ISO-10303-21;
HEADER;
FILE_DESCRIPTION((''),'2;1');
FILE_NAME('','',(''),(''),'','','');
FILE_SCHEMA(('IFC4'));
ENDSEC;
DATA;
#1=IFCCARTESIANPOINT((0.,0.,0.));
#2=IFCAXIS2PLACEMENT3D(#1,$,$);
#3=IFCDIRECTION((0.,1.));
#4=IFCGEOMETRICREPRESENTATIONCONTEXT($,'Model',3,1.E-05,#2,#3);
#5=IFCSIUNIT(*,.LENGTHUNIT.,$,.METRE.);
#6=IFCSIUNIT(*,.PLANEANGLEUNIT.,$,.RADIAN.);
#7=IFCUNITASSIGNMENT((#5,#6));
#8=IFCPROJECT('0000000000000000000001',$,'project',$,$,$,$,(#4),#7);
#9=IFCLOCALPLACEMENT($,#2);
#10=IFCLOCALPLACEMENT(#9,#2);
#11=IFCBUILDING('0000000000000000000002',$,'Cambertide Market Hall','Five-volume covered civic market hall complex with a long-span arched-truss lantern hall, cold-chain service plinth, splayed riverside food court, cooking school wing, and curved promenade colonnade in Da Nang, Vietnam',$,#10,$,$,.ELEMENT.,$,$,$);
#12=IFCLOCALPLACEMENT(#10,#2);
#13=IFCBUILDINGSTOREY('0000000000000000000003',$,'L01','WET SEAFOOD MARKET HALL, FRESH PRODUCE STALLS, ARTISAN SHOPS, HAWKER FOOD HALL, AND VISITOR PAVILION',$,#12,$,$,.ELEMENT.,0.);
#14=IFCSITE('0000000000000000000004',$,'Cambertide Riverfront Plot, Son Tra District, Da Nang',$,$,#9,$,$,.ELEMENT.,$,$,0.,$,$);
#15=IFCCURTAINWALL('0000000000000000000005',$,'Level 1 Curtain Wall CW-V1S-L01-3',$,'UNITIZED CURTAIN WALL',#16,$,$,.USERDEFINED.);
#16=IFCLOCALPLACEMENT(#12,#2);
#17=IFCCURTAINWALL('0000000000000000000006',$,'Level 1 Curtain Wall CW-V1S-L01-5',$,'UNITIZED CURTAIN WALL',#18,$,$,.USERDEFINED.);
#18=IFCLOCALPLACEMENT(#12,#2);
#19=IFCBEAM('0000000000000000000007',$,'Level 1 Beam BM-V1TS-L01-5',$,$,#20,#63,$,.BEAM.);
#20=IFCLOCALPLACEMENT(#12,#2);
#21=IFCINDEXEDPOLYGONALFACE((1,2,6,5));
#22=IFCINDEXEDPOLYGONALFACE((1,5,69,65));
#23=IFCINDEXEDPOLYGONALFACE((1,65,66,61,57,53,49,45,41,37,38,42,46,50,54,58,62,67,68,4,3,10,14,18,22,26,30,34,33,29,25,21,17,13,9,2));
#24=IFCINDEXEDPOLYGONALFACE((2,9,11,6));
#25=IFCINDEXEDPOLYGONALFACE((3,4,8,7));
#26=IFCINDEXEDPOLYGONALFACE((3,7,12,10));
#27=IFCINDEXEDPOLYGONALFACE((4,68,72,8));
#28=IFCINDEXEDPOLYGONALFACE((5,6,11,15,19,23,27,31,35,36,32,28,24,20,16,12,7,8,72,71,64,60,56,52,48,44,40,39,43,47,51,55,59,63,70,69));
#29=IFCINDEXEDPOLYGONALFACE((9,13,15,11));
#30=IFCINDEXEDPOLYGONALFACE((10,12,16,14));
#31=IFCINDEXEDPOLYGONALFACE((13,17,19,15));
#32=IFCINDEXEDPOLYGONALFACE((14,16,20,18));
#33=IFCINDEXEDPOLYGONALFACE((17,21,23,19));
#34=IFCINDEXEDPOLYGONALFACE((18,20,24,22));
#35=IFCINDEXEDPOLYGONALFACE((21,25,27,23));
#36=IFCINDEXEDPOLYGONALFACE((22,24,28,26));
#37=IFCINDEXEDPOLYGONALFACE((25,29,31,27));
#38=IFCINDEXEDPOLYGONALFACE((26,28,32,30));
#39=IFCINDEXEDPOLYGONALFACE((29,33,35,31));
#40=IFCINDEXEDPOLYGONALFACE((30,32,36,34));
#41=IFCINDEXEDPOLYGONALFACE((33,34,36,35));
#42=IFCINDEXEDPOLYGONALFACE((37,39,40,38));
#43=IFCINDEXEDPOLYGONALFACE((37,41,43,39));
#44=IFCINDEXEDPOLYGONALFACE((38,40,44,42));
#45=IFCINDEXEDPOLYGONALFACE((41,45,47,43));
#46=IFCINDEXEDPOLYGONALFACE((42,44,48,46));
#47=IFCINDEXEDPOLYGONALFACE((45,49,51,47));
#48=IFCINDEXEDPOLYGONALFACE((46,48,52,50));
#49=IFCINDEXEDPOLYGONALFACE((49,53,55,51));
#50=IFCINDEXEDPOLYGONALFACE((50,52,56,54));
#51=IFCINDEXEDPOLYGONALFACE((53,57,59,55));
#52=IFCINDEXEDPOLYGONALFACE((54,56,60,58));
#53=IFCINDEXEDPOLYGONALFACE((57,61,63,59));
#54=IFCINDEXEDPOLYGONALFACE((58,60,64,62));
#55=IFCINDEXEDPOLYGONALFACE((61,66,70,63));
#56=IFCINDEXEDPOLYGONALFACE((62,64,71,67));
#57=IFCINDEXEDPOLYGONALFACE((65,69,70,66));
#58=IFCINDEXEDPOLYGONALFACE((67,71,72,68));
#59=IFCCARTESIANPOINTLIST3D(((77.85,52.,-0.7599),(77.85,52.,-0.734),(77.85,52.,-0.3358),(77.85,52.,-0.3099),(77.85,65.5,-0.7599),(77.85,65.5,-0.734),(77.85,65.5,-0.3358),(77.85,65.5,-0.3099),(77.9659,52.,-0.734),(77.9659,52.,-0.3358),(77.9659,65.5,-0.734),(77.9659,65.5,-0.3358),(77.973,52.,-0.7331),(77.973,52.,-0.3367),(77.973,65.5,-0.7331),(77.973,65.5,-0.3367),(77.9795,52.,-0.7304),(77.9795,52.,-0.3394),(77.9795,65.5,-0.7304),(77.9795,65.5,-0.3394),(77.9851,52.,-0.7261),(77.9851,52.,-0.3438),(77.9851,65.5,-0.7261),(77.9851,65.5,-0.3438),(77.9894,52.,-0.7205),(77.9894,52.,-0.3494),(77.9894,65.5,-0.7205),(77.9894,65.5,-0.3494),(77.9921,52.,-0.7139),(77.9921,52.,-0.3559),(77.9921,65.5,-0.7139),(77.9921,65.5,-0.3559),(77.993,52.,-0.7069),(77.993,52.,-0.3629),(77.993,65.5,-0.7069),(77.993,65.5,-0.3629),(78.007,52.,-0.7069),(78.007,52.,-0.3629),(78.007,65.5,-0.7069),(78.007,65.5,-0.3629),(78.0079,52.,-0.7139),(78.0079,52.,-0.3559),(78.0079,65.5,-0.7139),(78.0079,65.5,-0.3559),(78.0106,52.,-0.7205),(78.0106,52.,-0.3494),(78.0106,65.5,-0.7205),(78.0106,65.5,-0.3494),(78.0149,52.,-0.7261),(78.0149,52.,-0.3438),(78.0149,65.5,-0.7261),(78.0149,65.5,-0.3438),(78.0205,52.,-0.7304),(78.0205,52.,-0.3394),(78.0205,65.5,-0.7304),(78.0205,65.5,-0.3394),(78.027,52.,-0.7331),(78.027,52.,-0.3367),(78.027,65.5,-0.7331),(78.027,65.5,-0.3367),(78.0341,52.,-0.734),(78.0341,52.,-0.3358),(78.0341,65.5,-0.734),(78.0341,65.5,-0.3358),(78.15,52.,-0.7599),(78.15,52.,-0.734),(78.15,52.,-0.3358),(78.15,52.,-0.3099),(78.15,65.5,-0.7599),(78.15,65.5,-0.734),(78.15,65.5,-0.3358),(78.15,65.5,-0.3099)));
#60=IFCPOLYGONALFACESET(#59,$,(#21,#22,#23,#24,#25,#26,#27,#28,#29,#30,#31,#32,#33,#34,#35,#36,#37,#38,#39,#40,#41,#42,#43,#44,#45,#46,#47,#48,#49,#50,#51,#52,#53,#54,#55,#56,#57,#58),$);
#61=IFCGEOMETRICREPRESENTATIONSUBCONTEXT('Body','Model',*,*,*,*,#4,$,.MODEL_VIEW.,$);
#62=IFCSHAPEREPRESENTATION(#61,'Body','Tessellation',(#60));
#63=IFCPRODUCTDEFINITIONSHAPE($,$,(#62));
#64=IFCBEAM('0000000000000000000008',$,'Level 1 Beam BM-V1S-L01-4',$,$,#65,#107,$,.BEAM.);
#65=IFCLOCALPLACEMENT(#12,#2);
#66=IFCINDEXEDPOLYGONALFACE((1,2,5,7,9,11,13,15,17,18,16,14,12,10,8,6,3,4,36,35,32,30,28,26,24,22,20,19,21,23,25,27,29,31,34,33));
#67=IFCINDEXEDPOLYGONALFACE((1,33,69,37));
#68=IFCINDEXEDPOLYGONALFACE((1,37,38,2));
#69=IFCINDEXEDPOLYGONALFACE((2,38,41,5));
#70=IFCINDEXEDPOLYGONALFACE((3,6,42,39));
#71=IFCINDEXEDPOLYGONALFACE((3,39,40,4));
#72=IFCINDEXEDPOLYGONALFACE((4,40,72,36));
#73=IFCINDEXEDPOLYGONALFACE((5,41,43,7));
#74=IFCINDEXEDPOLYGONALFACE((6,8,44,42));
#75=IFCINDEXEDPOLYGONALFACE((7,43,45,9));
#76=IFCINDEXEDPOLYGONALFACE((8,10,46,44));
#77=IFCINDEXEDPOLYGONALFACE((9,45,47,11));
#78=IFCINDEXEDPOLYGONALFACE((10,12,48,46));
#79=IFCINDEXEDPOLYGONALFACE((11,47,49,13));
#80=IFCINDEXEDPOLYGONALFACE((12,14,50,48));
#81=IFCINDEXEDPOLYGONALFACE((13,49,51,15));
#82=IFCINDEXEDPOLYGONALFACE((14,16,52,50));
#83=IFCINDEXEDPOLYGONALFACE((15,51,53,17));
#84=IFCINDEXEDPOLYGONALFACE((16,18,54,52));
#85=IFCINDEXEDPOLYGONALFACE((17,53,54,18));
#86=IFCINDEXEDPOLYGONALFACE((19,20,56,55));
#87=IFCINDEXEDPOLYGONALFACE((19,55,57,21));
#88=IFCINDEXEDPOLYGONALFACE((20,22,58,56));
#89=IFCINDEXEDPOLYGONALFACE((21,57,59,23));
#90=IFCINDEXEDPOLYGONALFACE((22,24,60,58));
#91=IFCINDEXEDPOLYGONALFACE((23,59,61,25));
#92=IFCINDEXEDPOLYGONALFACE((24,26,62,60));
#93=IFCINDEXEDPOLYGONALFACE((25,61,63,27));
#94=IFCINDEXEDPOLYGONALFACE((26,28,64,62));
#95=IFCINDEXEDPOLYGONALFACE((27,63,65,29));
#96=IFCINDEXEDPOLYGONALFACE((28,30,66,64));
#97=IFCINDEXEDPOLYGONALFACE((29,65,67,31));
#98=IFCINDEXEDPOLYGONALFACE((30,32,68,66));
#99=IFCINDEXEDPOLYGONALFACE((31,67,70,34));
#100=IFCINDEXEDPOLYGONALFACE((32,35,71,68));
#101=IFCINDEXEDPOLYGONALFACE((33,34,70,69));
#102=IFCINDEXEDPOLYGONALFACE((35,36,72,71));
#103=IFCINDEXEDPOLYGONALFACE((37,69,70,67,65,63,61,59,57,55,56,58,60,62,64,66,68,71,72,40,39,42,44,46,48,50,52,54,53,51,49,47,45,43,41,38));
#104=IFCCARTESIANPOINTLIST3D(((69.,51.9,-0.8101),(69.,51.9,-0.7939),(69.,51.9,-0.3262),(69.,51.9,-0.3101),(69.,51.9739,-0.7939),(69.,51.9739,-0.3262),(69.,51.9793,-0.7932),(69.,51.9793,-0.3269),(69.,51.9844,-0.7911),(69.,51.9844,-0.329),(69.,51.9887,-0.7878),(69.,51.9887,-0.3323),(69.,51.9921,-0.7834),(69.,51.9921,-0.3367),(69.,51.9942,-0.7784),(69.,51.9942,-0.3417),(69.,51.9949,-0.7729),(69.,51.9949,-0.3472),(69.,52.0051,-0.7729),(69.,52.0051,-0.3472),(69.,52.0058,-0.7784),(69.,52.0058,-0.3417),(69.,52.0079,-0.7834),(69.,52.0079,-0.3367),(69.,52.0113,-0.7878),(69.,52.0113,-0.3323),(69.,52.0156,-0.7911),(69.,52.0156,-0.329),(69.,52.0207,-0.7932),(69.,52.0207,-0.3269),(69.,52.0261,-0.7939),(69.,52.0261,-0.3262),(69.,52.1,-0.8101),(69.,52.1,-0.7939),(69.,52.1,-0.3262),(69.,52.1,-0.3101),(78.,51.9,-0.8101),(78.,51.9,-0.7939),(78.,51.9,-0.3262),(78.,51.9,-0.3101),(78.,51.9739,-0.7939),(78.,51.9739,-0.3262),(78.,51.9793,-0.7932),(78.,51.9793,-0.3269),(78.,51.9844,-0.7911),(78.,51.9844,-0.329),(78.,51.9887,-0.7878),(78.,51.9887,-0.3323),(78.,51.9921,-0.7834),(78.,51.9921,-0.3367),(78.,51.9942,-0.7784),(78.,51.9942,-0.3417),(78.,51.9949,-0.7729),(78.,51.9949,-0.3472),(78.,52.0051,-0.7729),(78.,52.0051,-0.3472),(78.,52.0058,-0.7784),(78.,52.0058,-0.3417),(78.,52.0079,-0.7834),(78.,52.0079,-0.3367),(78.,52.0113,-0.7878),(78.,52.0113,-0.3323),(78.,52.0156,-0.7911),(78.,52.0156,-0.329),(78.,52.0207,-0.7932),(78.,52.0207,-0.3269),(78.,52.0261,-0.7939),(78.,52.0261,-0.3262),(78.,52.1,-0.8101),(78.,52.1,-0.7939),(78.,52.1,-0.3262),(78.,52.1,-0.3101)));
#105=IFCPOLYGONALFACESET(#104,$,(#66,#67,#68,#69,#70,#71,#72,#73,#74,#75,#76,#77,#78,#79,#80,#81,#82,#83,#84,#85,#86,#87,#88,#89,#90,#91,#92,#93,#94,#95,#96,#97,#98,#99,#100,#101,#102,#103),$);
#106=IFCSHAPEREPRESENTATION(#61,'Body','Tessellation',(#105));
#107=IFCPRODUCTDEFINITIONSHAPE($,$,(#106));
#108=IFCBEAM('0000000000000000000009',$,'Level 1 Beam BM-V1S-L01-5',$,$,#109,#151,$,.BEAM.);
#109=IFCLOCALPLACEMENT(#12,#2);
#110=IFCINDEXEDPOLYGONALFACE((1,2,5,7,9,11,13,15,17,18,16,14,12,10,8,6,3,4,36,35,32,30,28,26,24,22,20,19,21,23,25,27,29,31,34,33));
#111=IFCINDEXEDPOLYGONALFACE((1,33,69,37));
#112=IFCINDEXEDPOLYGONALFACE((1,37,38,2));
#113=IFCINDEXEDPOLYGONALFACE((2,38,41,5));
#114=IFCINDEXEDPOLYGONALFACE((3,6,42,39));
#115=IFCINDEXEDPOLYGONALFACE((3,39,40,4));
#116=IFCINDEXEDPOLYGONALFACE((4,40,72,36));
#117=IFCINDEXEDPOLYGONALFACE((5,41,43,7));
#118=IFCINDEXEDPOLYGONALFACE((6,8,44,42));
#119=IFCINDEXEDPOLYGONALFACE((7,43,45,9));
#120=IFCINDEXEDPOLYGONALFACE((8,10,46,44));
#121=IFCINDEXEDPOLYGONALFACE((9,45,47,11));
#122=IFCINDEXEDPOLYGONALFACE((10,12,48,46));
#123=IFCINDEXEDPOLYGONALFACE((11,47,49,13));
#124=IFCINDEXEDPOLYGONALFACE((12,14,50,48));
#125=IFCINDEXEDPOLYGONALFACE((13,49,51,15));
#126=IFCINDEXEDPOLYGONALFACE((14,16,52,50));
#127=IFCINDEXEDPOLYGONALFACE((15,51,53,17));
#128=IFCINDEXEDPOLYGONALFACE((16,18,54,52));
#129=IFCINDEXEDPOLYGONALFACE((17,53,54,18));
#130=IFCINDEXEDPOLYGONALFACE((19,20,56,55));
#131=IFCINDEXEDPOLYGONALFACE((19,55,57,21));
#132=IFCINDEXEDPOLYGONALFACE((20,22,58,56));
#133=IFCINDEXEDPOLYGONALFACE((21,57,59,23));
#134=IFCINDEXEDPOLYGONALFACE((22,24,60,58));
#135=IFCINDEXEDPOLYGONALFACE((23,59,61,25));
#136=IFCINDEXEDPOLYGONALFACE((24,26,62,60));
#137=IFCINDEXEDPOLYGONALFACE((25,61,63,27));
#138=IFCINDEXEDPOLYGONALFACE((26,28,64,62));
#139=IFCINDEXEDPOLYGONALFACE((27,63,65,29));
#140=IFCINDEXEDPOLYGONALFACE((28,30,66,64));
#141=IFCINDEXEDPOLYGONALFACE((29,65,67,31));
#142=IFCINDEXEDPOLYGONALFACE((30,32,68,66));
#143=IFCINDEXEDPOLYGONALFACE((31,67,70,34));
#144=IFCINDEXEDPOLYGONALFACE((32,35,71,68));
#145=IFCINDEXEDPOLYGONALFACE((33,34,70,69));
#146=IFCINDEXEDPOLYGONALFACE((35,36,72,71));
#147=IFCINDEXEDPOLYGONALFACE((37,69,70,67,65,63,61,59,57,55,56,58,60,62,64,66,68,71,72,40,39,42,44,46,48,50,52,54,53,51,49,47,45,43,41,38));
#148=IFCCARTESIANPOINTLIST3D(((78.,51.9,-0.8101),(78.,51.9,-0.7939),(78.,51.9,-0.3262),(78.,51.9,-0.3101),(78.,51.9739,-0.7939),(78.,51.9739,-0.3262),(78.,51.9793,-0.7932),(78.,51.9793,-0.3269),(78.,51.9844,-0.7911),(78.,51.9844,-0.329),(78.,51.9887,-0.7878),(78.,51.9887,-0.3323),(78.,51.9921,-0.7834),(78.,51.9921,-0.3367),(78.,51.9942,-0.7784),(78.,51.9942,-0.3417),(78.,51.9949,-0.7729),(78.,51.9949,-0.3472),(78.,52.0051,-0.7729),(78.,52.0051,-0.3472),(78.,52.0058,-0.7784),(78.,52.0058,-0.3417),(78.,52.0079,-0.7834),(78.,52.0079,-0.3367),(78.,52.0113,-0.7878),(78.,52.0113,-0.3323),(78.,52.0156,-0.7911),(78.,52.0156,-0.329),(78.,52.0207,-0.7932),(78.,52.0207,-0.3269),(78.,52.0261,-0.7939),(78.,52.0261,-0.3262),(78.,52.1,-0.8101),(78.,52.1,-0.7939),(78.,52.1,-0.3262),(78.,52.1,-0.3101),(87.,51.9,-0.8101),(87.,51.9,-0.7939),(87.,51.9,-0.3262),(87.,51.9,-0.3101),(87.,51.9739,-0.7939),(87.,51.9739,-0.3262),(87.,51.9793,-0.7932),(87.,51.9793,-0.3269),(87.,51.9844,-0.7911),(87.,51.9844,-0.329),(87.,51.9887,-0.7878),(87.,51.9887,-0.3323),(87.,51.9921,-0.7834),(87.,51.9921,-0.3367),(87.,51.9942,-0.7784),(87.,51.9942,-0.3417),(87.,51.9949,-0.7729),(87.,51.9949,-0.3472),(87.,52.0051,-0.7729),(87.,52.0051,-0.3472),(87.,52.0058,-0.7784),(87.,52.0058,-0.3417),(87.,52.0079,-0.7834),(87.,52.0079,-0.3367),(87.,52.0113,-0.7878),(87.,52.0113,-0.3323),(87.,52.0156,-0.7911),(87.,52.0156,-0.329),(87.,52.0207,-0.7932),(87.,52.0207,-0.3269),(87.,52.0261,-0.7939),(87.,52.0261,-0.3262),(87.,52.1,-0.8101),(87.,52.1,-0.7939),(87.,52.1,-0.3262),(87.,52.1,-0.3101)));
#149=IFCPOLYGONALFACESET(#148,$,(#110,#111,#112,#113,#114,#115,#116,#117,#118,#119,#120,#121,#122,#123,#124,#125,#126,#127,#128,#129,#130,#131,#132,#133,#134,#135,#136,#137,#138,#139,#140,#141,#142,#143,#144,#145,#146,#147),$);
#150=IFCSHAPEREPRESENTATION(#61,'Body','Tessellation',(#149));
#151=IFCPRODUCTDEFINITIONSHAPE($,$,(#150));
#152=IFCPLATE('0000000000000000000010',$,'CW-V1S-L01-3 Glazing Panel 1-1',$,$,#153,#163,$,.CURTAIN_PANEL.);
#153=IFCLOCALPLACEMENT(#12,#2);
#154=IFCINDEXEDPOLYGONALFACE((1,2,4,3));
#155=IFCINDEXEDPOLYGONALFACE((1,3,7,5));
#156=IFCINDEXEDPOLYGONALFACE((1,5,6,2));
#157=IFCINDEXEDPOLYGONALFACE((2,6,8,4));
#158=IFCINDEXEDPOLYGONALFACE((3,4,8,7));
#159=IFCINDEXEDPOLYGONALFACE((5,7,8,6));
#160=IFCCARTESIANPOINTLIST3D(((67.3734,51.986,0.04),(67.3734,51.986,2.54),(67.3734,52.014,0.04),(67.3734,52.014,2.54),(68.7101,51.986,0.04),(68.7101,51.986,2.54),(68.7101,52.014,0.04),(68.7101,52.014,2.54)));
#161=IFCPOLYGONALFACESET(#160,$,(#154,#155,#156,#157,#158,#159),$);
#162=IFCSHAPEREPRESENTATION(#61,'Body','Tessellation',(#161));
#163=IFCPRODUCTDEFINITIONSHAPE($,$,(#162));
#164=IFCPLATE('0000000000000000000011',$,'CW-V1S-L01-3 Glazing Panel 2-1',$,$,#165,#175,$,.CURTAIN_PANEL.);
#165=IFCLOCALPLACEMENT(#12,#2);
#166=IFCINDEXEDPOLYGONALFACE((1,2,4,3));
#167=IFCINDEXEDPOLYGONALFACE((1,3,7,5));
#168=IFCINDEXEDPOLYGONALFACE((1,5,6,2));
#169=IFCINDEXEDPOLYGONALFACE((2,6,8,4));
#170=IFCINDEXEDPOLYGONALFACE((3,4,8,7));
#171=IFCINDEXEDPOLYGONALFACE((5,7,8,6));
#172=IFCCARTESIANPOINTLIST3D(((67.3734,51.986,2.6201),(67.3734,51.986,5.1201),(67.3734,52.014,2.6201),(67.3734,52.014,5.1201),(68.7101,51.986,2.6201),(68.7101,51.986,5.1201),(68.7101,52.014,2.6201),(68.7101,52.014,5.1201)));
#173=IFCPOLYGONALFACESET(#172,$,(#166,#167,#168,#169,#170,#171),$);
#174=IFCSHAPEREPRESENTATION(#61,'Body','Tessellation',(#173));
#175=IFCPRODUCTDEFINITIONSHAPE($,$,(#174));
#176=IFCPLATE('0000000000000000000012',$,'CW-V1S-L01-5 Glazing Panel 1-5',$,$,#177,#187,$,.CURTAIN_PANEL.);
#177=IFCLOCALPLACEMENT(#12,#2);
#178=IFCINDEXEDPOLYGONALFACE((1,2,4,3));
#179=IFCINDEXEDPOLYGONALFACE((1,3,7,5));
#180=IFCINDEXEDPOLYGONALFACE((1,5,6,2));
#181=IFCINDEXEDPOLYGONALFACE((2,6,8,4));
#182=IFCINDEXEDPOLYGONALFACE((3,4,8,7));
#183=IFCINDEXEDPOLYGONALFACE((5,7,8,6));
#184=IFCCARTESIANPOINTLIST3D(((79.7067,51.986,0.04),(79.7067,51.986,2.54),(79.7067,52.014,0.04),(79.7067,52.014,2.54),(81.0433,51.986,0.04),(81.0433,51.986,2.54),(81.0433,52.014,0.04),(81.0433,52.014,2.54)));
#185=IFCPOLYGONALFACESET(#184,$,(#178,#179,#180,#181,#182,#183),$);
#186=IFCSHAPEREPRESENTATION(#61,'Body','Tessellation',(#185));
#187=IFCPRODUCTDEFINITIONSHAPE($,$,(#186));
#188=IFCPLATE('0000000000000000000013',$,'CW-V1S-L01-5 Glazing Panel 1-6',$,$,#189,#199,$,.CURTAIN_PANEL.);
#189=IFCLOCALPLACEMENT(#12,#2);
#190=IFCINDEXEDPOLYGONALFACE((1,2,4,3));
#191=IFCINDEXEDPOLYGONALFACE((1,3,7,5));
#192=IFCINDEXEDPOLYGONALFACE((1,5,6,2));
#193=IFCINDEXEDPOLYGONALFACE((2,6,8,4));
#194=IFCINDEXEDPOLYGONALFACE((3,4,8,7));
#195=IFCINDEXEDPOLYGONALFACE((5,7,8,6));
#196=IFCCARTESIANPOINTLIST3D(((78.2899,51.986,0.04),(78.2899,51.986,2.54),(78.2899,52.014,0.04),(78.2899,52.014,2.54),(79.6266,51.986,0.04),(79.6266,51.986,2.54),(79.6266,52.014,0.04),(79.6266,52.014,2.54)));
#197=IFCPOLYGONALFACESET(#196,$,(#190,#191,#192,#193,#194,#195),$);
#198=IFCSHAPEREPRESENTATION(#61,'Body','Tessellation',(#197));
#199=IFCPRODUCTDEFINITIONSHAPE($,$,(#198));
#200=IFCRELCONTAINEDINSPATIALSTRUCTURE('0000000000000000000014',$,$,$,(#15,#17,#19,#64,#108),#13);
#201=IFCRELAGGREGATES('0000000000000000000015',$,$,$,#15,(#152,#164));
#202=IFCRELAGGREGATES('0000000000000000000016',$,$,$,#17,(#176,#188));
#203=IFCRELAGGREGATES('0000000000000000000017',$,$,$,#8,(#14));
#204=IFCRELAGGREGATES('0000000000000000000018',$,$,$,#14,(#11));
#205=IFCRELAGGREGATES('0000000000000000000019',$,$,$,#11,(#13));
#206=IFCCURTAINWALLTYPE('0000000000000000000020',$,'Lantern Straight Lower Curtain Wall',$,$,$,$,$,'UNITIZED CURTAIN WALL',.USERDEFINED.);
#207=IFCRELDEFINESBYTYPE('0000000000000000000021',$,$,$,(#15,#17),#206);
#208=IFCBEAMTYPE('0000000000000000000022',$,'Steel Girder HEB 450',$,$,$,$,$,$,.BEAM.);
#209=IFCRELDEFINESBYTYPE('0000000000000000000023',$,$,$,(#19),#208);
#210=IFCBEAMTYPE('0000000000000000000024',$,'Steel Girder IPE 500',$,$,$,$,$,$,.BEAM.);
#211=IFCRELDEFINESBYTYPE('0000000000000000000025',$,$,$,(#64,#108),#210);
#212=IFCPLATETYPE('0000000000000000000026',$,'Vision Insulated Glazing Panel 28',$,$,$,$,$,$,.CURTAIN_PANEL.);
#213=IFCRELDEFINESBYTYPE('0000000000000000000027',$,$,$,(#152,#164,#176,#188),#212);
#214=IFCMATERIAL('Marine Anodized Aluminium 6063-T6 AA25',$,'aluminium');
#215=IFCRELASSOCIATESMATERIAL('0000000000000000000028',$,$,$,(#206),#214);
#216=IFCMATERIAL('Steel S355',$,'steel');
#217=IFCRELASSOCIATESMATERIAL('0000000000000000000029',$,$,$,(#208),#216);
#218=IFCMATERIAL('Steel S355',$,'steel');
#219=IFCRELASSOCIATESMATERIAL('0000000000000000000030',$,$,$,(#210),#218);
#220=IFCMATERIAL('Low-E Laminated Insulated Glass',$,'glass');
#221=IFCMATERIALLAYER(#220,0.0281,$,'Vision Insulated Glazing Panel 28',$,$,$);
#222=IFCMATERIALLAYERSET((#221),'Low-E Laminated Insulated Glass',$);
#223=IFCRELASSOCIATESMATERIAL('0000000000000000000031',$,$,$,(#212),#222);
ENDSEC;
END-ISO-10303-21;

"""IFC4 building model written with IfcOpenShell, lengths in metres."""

from ifc_helpers import new_model, si_unit, direction, frame, origin, origin_2d, place, context, subcontext, project, spatial, rectangle, i_section, extrude, material, layer, layer_set, material_profile, profile_set, type_object, element, aggregate, save


model = new_model("IFC4")

# Units and contexts
model_context = context("Model", 3, precision=1e-05, world=origin(), true_north=direction((0.0, 1.0)))
body_context = subcontext(model_context, "Body", "Model", "MODEL_VIEW")
ifc_project = project(units=[si_unit("LENGTHUNIT", "METRE"), si_unit("PLANEANGLEUNIT", "RADIAN")], contexts=[model_context])

# Site, building, storey
site_placement = place(None, origin())
site = spatial("IfcSite", under=ifc_project, at=site_placement, Name="Cambertide Riverfront Plot, Son Tra District, Da Nang", CompositionType="ELEMENT", RefElevation=0.0)
building_placement = place(site_placement, origin())
building = spatial("IfcBuilding", under=site, at=building_placement, Name="Cambertide Market Hall", Description="Five-volume covered civic market hall complex with a long-span arched-truss lantern hall, cold-chain service plinth, splayed riverside food court, cooking school wing, and curved promenade colonnade in Da Nang, Vietnam", CompositionType="ELEMENT")
storey_placement = place(building_placement, origin())
storey = spatial("IfcBuildingStorey", under=building, at=storey_placement, Name="L01", Description="WET SEAFOOD MARKET HALL, FRESH PRODUCE STALLS, ARTISAN SHOPS, HAWKER FOOD HALL, AND VISITOR PAVILION", CompositionType="ELEMENT", Elevation=0.0)

# Curtain walls
ifc_material_1 = material(Name="Marine Anodized Aluminium 6063-T6 AA25", Category="aluminium")
curtain_wall_type = type_object("IfcCurtainWallType", Name="Lantern Straight Lower Curtain Wall", ElementType="UNITIZED CURTAIN WALL", PredefinedType="USERDEFINED", material=ifc_material_1)
curtain_wall_1_placement = place(storey_placement, origin())
curtain_wall_1 = element("IfcCurtainWall", 1, at=curtain_wall_1_placement, inside=storey, type_object=curtain_wall_type, Name="Level 1 Curtain Wall CW-V1S-L01-3", ObjectType="UNITIZED CURTAIN WALL", PredefinedType="USERDEFINED")
curtain_wall_2_placement = place(storey_placement, origin())
curtain_wall_2 = element("IfcCurtainWall", 2, at=curtain_wall_2_placement, inside=storey, type_object=curtain_wall_type, Name="Level 1 Curtain Wall CW-V1S-L01-5", ObjectType="UNITIZED CURTAIN WALL", PredefinedType="USERDEFINED")

# Beams
ifc_material_2 = material(Name="Steel S355", Category="steel")
ifc_material_profile_1 = material_profile(ifc_material_2, i_section(OverallWidth=0.3, OverallDepth=0.45, WebThickness=0.0139, FlangeThickness=0.0259, FilletRadius=0.0271, at=origin_2d()), Name="HEB 450")
ifc_profile_set_1 = profile_set([ifc_material_profile_1], Name="Steel S355")
beam_type_1 = type_object("IfcBeamType", Name="Steel Girder HEB 450", PredefinedType="BEAM", material=ifc_profile_set_1)
for number, where, z_axis, x_axis, name in (
    (3, (78.0, 52.0, -0.5349), (0.0, 1.0, 0.0), (-1.0, 0.0, 0.0), "Level 1 Beam BM-V1TS-L01-5"),
):
    element("IfcBeam", number, at=place(storey_placement, frame(where, z_axis=z_axis, x_axis=x_axis)), inside=storey, type_object=beam_type_1, Name=name, PredefinedType="BEAM", context=body_context, shape_type="SweptSolid", body=[
        extrude(i_section(OverallWidth=0.3, OverallDepth=0.45, WebThickness=0.0139, FlangeThickness=0.0259, FilletRadius=0.0271, at=origin_2d()), origin(), (0.0, 0.0, 1.0), 13.5),
    ])
ifc_material_3 = material(Name="Steel S355", Category="steel")
ifc_material_profile_2 = material_profile(ifc_material_3, i_section(OverallWidth=0.2, OverallDepth=0.5, WebThickness=0.0103, FlangeThickness=0.0161, FilletRadius=0.021, at=origin_2d()), Name="IPE 500")
ifc_profile_set_2 = profile_set([ifc_material_profile_2], Name="Steel S355")
beam_type_2 = type_object("IfcBeamType", Name="Steel Girder IPE 500", PredefinedType="BEAM", material=ifc_profile_set_2)
for number, where, z_axis, x_axis, name in (
    (4, (69.0, 52.0, -0.5601), (1.0, 0.0, 0.0), (0.0, 1.0, 0.0), "Level 1 Beam BM-V1S-L01-4"),
    (5, (78.0, 52.0, -0.5601), (1.0, 0.0, 0.0), (0.0, 1.0, 0.0), "Level 1 Beam BM-V1S-L01-5"),
):
    element("IfcBeam", number, at=place(storey_placement, frame(where, z_axis=z_axis, x_axis=x_axis)), inside=storey, type_object=beam_type_2, Name=name, PredefinedType="BEAM", context=body_context, shape_type="SweptSolid", body=[
        extrude(i_section(OverallWidth=0.2, OverallDepth=0.5, WebThickness=0.0103, FlangeThickness=0.0161, FilletRadius=0.021, at=origin_2d()), origin(), (0.0, 0.0, 1.0), 9.0),
    ])

# Plates
ifc_material_4 = material(Name="Low-E Laminated Insulated Glass", Category="glass")
ifc_layer_1 = layer(ifc_material_4, 0.0281, Name="Vision Insulated Glazing Panel 28")
ifc_layer_set_1 = layer_set([ifc_layer_1], Name="Low-E Laminated Insulated Glass")
plate_type = type_object("IfcPlateType", Name="Vision Insulated Glazing Panel 28", PredefinedType="CURTAIN_PANEL", material=ifc_layer_set_1)
plate_1_placement = place(storey_placement, frame((68.0417, 52.0, 0.04), z_axis=(0.0, 0.0, 1.0), x_axis=(-1.0, 0.0, 0.0)))
plate_1 = element("IfcPlate", 6, at=plate_1_placement, type_object=plate_type, Name="CW-V1S-L01-3 Glazing Panel 1-1", PredefinedType="CURTAIN_PANEL", context=body_context, shape_type="SweptSolid", body=[
    extrude(rectangle(XDim=1.3367, YDim=0.0281, at=origin_2d()), origin(), (0.0, 0.0, 1.0), 2.5),
])
plate_2_placement = place(storey_placement, frame((68.0417, 52.0, 2.6201), z_axis=(0.0, 0.0, 1.0), x_axis=(-1.0, 0.0, 0.0)))
plate_2 = element("IfcPlate", 7, at=plate_2_placement, type_object=plate_type, Name="CW-V1S-L01-3 Glazing Panel 2-1", PredefinedType="CURTAIN_PANEL", context=body_context, shape_type="SweptSolid", body=[
    extrude(rectangle(XDim=1.3367, YDim=0.0281, at=origin_2d()), origin(), (0.0, 0.0, 1.0), 2.5),
])
aggregate(curtain_wall_1, [plate_1, plate_2])
plate_3_placement = place(storey_placement, frame((80.375, 52.0, 0.04), z_axis=(0.0, 0.0, 1.0), x_axis=(-1.0, 0.0, 0.0)))
plate_3 = element("IfcPlate", 8, at=plate_3_placement, type_object=plate_type, Name="CW-V1S-L01-5 Glazing Panel 1-5", PredefinedType="CURTAIN_PANEL", context=body_context, shape_type="SweptSolid", body=[
    extrude(rectangle(XDim=1.3367, YDim=0.0281, at=origin_2d()), origin(), (0.0, 0.0, 1.0), 2.5),
])
plate_4_placement = place(storey_placement, frame((78.9583, 52.0, 0.04), z_axis=(0.0, 0.0, 1.0), x_axis=(-1.0, 0.0, 0.0)))
plate_4 = element("IfcPlate", 9, at=plate_4_placement, type_object=plate_type, Name="CW-V1S-L01-5 Glazing Panel 1-6", PredefinedType="CURTAIN_PANEL", context=body_context, shape_type="SweptSolid", body=[
    extrude(rectangle(XDim=1.3367, YDim=0.0281, at=origin_2d()), origin(), (0.0, 0.0, 1.0), 2.5),
])
aggregate(curtain_wall_2, [plate_3, plate_4])

save(model, "model.ifc")
